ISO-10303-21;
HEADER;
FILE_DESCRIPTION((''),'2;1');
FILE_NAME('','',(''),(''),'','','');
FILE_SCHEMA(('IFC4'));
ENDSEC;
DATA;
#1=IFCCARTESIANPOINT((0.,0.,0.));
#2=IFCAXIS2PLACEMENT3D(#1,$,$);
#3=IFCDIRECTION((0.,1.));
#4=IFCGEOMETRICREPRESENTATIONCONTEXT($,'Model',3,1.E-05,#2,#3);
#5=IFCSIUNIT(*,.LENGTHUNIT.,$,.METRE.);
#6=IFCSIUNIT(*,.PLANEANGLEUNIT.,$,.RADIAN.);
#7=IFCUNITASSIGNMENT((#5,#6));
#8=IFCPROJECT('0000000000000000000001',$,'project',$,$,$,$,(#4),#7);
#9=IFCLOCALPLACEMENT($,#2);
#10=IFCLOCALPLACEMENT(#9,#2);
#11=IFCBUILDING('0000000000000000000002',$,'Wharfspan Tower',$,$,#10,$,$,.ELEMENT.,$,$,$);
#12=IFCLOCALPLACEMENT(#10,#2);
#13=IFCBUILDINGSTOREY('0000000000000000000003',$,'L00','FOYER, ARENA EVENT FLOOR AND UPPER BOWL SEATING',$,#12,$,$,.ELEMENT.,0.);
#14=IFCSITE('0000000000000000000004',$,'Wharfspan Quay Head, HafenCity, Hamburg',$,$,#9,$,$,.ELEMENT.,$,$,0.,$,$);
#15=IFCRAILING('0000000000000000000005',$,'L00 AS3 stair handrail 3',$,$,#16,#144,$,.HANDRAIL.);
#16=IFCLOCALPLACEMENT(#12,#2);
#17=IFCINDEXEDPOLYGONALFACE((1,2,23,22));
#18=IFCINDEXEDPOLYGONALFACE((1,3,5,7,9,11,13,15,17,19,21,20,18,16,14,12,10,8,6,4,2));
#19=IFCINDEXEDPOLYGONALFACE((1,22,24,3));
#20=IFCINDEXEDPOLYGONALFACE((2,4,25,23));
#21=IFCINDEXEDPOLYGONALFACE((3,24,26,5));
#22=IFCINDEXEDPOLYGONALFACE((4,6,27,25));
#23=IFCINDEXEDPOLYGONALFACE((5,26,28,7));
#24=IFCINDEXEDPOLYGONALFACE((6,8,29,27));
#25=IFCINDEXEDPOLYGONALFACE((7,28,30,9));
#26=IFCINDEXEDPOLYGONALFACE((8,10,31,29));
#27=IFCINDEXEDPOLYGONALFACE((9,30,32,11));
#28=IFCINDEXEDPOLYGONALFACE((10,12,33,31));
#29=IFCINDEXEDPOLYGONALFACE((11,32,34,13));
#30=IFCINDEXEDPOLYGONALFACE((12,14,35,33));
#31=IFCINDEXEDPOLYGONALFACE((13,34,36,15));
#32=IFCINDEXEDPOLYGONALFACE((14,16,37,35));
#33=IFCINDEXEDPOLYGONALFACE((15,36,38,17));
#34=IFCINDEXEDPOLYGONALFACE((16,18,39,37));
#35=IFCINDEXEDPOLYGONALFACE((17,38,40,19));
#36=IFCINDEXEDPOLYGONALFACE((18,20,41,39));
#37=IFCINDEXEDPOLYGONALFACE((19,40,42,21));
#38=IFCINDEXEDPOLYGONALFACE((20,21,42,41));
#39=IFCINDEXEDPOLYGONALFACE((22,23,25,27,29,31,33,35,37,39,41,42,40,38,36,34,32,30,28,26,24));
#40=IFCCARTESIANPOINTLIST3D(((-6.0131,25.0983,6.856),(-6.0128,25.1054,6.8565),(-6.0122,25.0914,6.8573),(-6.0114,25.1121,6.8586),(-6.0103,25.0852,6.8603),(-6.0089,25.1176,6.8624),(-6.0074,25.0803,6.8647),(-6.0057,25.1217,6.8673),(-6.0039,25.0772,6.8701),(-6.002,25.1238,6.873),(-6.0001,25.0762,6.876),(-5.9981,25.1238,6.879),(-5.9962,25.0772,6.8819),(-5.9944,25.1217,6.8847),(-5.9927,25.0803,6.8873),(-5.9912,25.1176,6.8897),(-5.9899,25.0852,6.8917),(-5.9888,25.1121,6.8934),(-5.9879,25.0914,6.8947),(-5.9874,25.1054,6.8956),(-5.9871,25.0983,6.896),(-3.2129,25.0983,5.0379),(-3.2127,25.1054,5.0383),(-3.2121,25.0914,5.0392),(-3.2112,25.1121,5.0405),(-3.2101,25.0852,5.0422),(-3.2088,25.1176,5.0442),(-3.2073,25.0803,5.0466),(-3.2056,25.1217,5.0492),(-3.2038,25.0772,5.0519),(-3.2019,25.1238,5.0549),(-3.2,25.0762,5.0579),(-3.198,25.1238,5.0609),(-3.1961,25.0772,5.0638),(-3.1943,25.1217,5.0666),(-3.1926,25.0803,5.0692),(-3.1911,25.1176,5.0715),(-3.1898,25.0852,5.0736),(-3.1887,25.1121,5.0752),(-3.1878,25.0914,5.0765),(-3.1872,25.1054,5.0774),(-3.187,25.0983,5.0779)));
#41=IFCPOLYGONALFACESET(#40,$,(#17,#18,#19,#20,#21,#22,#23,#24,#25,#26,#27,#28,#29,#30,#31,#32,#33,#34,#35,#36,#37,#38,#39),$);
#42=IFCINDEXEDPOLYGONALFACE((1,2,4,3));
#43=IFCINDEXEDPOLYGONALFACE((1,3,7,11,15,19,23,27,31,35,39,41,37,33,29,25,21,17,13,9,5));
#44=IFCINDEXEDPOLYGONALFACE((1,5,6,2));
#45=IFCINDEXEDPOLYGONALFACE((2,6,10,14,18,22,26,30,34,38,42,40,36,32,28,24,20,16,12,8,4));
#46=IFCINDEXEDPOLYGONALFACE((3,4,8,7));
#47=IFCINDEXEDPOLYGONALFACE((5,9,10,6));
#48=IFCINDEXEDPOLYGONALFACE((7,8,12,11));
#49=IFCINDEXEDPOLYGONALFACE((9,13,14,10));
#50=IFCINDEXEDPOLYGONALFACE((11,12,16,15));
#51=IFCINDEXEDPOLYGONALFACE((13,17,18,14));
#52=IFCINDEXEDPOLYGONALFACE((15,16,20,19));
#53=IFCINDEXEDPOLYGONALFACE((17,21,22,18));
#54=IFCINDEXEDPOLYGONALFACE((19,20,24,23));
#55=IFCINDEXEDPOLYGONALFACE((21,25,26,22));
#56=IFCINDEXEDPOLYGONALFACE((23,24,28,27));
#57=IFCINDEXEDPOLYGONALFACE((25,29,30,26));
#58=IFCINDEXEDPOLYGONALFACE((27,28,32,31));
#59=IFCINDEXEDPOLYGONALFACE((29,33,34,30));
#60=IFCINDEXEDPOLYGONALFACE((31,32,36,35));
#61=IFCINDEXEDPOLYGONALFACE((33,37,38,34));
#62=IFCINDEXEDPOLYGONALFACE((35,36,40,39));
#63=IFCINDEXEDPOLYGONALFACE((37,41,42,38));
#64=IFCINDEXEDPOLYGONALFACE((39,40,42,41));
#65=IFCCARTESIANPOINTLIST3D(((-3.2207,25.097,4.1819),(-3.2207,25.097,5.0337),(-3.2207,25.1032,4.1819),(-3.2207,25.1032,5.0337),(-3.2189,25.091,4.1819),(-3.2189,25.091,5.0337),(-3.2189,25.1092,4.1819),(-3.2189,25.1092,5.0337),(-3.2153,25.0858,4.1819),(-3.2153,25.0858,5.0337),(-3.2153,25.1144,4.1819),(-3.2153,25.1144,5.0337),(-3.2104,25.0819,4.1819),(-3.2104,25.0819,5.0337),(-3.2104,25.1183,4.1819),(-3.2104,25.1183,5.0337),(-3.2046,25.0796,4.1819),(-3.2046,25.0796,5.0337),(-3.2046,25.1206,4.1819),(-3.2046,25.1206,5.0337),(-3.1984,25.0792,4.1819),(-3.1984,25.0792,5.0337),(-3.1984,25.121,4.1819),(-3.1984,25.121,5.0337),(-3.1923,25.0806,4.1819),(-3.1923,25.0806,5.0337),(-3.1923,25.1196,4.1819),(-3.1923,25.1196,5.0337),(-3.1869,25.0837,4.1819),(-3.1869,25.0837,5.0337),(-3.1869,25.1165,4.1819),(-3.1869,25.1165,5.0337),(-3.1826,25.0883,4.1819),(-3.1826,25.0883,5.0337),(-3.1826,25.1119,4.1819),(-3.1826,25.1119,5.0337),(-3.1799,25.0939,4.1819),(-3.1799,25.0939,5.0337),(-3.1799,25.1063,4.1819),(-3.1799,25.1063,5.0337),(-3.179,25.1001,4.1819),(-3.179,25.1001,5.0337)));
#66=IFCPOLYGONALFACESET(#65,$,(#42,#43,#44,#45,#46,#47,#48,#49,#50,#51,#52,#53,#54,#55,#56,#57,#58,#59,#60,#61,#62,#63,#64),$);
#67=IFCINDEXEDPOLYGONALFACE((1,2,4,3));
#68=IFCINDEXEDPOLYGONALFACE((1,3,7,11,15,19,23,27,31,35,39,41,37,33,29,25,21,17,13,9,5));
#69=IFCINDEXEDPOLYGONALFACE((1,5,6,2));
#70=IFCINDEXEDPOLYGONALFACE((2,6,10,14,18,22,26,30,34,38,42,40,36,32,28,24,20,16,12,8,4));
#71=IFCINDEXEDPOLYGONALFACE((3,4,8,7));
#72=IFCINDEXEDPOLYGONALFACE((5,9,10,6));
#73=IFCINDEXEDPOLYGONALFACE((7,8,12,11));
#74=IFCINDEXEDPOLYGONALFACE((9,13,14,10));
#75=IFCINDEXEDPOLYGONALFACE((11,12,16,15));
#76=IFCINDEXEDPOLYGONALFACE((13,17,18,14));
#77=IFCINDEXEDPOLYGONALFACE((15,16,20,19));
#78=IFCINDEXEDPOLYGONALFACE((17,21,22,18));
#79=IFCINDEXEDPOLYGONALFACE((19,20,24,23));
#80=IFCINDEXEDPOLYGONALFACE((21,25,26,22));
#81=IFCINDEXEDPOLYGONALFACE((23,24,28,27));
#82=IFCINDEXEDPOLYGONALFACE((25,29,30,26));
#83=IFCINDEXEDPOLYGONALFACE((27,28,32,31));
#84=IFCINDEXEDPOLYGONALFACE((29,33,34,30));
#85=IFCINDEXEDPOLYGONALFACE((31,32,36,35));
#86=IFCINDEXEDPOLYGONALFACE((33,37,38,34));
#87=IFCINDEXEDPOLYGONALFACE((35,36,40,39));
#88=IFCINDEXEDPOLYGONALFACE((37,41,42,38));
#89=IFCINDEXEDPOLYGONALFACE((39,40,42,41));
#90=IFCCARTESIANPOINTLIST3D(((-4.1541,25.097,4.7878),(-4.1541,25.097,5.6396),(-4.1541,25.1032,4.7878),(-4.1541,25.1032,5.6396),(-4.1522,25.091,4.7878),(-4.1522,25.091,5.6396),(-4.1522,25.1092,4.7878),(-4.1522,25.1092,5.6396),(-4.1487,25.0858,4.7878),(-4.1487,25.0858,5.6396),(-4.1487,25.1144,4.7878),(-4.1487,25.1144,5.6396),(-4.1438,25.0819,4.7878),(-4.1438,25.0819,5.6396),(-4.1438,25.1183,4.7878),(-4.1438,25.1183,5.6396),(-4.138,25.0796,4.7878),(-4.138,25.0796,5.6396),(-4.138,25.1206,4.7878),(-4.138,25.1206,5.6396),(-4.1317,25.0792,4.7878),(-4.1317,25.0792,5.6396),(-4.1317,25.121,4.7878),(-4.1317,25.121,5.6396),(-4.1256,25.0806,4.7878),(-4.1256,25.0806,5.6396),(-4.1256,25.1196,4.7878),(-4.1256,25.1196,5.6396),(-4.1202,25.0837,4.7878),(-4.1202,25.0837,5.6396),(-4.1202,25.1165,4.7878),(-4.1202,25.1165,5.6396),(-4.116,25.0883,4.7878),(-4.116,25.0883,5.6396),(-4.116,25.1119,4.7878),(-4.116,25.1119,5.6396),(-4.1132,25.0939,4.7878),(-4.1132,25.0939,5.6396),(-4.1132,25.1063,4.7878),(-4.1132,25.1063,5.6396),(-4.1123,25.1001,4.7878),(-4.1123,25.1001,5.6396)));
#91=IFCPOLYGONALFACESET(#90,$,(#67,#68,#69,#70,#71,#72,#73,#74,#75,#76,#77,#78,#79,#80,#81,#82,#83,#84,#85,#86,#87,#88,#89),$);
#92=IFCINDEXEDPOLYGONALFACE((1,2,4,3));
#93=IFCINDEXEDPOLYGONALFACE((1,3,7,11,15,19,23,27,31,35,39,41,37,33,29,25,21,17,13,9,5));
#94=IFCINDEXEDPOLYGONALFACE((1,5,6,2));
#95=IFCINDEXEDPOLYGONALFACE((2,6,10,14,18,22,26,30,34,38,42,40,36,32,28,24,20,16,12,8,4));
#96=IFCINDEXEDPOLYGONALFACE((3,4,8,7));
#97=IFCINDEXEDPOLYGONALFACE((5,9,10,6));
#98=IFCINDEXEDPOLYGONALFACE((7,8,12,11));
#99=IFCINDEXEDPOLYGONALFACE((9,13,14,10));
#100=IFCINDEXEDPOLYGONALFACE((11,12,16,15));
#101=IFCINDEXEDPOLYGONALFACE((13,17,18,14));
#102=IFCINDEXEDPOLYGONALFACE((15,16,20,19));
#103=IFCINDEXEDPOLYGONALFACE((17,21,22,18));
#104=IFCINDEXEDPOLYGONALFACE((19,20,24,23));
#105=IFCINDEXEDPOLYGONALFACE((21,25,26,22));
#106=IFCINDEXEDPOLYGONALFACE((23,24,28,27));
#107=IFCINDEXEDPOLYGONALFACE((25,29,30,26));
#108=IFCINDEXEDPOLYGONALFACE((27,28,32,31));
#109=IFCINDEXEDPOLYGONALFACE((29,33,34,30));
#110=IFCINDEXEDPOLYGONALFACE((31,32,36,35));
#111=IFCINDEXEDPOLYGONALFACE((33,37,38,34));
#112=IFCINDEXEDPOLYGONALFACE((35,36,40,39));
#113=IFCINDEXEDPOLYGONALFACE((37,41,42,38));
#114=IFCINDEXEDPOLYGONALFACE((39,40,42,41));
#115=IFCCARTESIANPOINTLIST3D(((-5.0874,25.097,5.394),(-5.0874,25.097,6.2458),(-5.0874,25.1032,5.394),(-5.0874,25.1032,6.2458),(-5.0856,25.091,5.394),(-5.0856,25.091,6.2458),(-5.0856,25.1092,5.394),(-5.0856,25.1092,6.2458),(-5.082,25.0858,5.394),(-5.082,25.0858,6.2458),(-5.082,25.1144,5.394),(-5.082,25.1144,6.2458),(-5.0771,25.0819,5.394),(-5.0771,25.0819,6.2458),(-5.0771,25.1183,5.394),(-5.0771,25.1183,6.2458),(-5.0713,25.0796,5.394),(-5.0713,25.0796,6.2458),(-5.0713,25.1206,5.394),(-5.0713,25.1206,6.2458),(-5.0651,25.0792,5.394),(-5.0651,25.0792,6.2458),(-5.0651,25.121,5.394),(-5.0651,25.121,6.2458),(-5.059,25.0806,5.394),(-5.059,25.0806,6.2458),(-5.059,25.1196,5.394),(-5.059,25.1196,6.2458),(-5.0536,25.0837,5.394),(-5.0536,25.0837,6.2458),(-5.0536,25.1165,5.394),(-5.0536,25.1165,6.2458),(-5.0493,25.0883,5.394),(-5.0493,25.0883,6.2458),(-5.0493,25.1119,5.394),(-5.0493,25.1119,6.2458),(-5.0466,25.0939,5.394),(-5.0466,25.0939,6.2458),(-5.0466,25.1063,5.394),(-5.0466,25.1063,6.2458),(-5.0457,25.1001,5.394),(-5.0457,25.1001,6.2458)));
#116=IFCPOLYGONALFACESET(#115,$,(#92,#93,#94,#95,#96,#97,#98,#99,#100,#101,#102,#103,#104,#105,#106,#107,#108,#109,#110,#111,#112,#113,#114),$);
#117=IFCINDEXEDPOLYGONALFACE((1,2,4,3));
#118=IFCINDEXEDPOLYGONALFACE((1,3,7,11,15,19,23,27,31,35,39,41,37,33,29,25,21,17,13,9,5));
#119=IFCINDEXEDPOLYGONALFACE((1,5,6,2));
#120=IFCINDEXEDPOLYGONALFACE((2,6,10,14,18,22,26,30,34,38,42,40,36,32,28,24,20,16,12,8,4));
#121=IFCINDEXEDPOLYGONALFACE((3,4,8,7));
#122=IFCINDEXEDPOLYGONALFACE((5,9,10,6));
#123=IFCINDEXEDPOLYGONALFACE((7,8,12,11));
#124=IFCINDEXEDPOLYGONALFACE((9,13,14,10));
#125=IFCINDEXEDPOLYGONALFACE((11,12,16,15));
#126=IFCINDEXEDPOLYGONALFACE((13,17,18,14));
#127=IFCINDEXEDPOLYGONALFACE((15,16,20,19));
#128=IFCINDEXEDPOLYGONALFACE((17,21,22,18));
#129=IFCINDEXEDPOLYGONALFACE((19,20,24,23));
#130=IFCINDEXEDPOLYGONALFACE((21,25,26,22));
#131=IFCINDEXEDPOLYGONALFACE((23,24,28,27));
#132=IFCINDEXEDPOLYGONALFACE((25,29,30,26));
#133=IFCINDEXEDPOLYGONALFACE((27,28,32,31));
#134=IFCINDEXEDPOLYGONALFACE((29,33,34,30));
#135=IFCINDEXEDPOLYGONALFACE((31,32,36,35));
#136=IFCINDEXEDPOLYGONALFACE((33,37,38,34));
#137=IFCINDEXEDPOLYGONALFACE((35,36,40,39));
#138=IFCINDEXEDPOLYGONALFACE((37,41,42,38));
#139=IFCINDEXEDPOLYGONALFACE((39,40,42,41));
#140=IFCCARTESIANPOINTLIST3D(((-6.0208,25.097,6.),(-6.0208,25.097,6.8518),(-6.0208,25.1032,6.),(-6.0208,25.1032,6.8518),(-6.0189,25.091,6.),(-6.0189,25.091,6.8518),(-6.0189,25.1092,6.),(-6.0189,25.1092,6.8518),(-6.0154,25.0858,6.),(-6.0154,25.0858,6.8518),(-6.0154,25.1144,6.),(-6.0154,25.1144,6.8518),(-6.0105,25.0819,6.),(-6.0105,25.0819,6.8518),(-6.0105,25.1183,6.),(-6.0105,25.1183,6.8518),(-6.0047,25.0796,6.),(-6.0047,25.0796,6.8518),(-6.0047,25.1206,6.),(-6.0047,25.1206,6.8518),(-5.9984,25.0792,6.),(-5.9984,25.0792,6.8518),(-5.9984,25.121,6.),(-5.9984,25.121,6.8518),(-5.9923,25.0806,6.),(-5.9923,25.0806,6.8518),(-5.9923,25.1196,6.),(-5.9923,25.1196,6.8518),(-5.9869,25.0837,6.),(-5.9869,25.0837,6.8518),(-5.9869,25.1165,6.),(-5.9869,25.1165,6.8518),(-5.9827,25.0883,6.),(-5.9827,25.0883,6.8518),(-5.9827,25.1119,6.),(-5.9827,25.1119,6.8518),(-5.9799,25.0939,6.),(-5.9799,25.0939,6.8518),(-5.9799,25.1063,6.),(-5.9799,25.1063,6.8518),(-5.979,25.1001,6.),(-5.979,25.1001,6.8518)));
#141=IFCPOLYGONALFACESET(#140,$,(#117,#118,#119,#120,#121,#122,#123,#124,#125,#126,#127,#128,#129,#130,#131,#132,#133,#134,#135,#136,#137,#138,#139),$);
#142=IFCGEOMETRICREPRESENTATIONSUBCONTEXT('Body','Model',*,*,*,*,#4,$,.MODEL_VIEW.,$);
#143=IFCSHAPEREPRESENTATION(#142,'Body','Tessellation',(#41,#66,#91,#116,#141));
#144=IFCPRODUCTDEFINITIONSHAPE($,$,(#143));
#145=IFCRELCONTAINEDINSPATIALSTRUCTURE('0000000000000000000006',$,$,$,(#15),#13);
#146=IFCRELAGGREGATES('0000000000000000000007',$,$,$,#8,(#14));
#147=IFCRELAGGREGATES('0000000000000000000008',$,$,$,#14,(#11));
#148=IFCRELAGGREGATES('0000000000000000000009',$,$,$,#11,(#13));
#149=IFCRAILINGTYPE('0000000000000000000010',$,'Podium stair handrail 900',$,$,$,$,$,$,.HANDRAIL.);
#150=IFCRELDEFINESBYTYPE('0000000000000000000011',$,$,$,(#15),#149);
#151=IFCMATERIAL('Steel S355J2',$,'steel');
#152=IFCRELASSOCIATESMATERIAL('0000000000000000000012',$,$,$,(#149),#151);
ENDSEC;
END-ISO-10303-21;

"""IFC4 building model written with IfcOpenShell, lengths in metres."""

from ifc_helpers import new_model, si_unit, direction, frame, origin, origin_2d, place, context, subcontext, project, spatial, circle, extrude, material, type_object, element, save


model = new_model("IFC4")

# Units and contexts
model_context = context("Model", 3, precision=1e-05, world=origin(), true_north=direction((0.0, 1.0)))
body_context = subcontext(model_context, "Body", "Model", "MODEL_VIEW")
ifc_project = project(units=[si_unit("LENGTHUNIT", "METRE"), si_unit("PLANEANGLEUNIT", "RADIAN")], contexts=[model_context])

# Site, building, storey
site_placement = place(None, origin())
site = spatial("IfcSite", under=ifc_project, at=site_placement, Name="Wharfspan Quay Head, HafenCity, Hamburg", CompositionType="ELEMENT", RefElevation=0.0)
building_placement = place(site_placement, origin())
building = spatial("IfcBuilding", under=site, at=building_placement, Name="Wharfspan Tower", CompositionType="ELEMENT")
storey_placement = place(building_placement, origin())
storey = spatial("IfcBuildingStorey", under=building, at=storey_placement, Name="L00", Description="FOYER, ARENA EVENT FLOOR AND UPPER BOWL SEATING", CompositionType="ELEMENT", Elevation=0.0)

# Railing
ifc_material_1 = material(Name="Steel S355J2", Category="steel")
railing_type_1 = type_object("IfcRailingType", Name="Podium stair handrail 900", PredefinedType="HANDRAIL", material=ifc_material_1)
for number, where, name in (
    (1, (-3.2, 25.1001, 4.1819), "L00 AS3 stair handrail 3"),
):
    element("IfcRailing", number, at=place(storey_placement, frame(where)), inside=storey, type_object=railing_type_1, Name=name, PredefinedType="HANDRAIL", context=body_context, shape_type="SweptSolid", body=[
        extrude(circle(Radius=0.0239, at=origin_2d()), frame((0.0, 0.0, 0.876), z_axis=(-0.838706, 0.0, 0.544585), x_axis=(0.0, -1.0, 0.0)), (0.0, 0.0, 1.0), 3.3386),
        extrude(circle(Radius=0.021, at=origin_2d()), origin(), (0.0, 0.0, 1.0), 0.8518),
        extrude(circle(Radius=0.021, at=origin_2d()), frame((-0.9334, 0.0, 0.606)), (0.0, 0.0, 1.0), 0.8518),
        extrude(circle(Radius=0.021, at=origin_2d()), frame((-1.8667, 0.0, 1.2122)), (0.0, 0.0, 1.0), 0.8518),
        extrude(circle(Radius=0.021, at=origin_2d()), frame((-2.8, 0.0, 1.8181)), (0.0, 0.0, 1.0), 0.8518),
    ])

save(model, "model.ifc")
